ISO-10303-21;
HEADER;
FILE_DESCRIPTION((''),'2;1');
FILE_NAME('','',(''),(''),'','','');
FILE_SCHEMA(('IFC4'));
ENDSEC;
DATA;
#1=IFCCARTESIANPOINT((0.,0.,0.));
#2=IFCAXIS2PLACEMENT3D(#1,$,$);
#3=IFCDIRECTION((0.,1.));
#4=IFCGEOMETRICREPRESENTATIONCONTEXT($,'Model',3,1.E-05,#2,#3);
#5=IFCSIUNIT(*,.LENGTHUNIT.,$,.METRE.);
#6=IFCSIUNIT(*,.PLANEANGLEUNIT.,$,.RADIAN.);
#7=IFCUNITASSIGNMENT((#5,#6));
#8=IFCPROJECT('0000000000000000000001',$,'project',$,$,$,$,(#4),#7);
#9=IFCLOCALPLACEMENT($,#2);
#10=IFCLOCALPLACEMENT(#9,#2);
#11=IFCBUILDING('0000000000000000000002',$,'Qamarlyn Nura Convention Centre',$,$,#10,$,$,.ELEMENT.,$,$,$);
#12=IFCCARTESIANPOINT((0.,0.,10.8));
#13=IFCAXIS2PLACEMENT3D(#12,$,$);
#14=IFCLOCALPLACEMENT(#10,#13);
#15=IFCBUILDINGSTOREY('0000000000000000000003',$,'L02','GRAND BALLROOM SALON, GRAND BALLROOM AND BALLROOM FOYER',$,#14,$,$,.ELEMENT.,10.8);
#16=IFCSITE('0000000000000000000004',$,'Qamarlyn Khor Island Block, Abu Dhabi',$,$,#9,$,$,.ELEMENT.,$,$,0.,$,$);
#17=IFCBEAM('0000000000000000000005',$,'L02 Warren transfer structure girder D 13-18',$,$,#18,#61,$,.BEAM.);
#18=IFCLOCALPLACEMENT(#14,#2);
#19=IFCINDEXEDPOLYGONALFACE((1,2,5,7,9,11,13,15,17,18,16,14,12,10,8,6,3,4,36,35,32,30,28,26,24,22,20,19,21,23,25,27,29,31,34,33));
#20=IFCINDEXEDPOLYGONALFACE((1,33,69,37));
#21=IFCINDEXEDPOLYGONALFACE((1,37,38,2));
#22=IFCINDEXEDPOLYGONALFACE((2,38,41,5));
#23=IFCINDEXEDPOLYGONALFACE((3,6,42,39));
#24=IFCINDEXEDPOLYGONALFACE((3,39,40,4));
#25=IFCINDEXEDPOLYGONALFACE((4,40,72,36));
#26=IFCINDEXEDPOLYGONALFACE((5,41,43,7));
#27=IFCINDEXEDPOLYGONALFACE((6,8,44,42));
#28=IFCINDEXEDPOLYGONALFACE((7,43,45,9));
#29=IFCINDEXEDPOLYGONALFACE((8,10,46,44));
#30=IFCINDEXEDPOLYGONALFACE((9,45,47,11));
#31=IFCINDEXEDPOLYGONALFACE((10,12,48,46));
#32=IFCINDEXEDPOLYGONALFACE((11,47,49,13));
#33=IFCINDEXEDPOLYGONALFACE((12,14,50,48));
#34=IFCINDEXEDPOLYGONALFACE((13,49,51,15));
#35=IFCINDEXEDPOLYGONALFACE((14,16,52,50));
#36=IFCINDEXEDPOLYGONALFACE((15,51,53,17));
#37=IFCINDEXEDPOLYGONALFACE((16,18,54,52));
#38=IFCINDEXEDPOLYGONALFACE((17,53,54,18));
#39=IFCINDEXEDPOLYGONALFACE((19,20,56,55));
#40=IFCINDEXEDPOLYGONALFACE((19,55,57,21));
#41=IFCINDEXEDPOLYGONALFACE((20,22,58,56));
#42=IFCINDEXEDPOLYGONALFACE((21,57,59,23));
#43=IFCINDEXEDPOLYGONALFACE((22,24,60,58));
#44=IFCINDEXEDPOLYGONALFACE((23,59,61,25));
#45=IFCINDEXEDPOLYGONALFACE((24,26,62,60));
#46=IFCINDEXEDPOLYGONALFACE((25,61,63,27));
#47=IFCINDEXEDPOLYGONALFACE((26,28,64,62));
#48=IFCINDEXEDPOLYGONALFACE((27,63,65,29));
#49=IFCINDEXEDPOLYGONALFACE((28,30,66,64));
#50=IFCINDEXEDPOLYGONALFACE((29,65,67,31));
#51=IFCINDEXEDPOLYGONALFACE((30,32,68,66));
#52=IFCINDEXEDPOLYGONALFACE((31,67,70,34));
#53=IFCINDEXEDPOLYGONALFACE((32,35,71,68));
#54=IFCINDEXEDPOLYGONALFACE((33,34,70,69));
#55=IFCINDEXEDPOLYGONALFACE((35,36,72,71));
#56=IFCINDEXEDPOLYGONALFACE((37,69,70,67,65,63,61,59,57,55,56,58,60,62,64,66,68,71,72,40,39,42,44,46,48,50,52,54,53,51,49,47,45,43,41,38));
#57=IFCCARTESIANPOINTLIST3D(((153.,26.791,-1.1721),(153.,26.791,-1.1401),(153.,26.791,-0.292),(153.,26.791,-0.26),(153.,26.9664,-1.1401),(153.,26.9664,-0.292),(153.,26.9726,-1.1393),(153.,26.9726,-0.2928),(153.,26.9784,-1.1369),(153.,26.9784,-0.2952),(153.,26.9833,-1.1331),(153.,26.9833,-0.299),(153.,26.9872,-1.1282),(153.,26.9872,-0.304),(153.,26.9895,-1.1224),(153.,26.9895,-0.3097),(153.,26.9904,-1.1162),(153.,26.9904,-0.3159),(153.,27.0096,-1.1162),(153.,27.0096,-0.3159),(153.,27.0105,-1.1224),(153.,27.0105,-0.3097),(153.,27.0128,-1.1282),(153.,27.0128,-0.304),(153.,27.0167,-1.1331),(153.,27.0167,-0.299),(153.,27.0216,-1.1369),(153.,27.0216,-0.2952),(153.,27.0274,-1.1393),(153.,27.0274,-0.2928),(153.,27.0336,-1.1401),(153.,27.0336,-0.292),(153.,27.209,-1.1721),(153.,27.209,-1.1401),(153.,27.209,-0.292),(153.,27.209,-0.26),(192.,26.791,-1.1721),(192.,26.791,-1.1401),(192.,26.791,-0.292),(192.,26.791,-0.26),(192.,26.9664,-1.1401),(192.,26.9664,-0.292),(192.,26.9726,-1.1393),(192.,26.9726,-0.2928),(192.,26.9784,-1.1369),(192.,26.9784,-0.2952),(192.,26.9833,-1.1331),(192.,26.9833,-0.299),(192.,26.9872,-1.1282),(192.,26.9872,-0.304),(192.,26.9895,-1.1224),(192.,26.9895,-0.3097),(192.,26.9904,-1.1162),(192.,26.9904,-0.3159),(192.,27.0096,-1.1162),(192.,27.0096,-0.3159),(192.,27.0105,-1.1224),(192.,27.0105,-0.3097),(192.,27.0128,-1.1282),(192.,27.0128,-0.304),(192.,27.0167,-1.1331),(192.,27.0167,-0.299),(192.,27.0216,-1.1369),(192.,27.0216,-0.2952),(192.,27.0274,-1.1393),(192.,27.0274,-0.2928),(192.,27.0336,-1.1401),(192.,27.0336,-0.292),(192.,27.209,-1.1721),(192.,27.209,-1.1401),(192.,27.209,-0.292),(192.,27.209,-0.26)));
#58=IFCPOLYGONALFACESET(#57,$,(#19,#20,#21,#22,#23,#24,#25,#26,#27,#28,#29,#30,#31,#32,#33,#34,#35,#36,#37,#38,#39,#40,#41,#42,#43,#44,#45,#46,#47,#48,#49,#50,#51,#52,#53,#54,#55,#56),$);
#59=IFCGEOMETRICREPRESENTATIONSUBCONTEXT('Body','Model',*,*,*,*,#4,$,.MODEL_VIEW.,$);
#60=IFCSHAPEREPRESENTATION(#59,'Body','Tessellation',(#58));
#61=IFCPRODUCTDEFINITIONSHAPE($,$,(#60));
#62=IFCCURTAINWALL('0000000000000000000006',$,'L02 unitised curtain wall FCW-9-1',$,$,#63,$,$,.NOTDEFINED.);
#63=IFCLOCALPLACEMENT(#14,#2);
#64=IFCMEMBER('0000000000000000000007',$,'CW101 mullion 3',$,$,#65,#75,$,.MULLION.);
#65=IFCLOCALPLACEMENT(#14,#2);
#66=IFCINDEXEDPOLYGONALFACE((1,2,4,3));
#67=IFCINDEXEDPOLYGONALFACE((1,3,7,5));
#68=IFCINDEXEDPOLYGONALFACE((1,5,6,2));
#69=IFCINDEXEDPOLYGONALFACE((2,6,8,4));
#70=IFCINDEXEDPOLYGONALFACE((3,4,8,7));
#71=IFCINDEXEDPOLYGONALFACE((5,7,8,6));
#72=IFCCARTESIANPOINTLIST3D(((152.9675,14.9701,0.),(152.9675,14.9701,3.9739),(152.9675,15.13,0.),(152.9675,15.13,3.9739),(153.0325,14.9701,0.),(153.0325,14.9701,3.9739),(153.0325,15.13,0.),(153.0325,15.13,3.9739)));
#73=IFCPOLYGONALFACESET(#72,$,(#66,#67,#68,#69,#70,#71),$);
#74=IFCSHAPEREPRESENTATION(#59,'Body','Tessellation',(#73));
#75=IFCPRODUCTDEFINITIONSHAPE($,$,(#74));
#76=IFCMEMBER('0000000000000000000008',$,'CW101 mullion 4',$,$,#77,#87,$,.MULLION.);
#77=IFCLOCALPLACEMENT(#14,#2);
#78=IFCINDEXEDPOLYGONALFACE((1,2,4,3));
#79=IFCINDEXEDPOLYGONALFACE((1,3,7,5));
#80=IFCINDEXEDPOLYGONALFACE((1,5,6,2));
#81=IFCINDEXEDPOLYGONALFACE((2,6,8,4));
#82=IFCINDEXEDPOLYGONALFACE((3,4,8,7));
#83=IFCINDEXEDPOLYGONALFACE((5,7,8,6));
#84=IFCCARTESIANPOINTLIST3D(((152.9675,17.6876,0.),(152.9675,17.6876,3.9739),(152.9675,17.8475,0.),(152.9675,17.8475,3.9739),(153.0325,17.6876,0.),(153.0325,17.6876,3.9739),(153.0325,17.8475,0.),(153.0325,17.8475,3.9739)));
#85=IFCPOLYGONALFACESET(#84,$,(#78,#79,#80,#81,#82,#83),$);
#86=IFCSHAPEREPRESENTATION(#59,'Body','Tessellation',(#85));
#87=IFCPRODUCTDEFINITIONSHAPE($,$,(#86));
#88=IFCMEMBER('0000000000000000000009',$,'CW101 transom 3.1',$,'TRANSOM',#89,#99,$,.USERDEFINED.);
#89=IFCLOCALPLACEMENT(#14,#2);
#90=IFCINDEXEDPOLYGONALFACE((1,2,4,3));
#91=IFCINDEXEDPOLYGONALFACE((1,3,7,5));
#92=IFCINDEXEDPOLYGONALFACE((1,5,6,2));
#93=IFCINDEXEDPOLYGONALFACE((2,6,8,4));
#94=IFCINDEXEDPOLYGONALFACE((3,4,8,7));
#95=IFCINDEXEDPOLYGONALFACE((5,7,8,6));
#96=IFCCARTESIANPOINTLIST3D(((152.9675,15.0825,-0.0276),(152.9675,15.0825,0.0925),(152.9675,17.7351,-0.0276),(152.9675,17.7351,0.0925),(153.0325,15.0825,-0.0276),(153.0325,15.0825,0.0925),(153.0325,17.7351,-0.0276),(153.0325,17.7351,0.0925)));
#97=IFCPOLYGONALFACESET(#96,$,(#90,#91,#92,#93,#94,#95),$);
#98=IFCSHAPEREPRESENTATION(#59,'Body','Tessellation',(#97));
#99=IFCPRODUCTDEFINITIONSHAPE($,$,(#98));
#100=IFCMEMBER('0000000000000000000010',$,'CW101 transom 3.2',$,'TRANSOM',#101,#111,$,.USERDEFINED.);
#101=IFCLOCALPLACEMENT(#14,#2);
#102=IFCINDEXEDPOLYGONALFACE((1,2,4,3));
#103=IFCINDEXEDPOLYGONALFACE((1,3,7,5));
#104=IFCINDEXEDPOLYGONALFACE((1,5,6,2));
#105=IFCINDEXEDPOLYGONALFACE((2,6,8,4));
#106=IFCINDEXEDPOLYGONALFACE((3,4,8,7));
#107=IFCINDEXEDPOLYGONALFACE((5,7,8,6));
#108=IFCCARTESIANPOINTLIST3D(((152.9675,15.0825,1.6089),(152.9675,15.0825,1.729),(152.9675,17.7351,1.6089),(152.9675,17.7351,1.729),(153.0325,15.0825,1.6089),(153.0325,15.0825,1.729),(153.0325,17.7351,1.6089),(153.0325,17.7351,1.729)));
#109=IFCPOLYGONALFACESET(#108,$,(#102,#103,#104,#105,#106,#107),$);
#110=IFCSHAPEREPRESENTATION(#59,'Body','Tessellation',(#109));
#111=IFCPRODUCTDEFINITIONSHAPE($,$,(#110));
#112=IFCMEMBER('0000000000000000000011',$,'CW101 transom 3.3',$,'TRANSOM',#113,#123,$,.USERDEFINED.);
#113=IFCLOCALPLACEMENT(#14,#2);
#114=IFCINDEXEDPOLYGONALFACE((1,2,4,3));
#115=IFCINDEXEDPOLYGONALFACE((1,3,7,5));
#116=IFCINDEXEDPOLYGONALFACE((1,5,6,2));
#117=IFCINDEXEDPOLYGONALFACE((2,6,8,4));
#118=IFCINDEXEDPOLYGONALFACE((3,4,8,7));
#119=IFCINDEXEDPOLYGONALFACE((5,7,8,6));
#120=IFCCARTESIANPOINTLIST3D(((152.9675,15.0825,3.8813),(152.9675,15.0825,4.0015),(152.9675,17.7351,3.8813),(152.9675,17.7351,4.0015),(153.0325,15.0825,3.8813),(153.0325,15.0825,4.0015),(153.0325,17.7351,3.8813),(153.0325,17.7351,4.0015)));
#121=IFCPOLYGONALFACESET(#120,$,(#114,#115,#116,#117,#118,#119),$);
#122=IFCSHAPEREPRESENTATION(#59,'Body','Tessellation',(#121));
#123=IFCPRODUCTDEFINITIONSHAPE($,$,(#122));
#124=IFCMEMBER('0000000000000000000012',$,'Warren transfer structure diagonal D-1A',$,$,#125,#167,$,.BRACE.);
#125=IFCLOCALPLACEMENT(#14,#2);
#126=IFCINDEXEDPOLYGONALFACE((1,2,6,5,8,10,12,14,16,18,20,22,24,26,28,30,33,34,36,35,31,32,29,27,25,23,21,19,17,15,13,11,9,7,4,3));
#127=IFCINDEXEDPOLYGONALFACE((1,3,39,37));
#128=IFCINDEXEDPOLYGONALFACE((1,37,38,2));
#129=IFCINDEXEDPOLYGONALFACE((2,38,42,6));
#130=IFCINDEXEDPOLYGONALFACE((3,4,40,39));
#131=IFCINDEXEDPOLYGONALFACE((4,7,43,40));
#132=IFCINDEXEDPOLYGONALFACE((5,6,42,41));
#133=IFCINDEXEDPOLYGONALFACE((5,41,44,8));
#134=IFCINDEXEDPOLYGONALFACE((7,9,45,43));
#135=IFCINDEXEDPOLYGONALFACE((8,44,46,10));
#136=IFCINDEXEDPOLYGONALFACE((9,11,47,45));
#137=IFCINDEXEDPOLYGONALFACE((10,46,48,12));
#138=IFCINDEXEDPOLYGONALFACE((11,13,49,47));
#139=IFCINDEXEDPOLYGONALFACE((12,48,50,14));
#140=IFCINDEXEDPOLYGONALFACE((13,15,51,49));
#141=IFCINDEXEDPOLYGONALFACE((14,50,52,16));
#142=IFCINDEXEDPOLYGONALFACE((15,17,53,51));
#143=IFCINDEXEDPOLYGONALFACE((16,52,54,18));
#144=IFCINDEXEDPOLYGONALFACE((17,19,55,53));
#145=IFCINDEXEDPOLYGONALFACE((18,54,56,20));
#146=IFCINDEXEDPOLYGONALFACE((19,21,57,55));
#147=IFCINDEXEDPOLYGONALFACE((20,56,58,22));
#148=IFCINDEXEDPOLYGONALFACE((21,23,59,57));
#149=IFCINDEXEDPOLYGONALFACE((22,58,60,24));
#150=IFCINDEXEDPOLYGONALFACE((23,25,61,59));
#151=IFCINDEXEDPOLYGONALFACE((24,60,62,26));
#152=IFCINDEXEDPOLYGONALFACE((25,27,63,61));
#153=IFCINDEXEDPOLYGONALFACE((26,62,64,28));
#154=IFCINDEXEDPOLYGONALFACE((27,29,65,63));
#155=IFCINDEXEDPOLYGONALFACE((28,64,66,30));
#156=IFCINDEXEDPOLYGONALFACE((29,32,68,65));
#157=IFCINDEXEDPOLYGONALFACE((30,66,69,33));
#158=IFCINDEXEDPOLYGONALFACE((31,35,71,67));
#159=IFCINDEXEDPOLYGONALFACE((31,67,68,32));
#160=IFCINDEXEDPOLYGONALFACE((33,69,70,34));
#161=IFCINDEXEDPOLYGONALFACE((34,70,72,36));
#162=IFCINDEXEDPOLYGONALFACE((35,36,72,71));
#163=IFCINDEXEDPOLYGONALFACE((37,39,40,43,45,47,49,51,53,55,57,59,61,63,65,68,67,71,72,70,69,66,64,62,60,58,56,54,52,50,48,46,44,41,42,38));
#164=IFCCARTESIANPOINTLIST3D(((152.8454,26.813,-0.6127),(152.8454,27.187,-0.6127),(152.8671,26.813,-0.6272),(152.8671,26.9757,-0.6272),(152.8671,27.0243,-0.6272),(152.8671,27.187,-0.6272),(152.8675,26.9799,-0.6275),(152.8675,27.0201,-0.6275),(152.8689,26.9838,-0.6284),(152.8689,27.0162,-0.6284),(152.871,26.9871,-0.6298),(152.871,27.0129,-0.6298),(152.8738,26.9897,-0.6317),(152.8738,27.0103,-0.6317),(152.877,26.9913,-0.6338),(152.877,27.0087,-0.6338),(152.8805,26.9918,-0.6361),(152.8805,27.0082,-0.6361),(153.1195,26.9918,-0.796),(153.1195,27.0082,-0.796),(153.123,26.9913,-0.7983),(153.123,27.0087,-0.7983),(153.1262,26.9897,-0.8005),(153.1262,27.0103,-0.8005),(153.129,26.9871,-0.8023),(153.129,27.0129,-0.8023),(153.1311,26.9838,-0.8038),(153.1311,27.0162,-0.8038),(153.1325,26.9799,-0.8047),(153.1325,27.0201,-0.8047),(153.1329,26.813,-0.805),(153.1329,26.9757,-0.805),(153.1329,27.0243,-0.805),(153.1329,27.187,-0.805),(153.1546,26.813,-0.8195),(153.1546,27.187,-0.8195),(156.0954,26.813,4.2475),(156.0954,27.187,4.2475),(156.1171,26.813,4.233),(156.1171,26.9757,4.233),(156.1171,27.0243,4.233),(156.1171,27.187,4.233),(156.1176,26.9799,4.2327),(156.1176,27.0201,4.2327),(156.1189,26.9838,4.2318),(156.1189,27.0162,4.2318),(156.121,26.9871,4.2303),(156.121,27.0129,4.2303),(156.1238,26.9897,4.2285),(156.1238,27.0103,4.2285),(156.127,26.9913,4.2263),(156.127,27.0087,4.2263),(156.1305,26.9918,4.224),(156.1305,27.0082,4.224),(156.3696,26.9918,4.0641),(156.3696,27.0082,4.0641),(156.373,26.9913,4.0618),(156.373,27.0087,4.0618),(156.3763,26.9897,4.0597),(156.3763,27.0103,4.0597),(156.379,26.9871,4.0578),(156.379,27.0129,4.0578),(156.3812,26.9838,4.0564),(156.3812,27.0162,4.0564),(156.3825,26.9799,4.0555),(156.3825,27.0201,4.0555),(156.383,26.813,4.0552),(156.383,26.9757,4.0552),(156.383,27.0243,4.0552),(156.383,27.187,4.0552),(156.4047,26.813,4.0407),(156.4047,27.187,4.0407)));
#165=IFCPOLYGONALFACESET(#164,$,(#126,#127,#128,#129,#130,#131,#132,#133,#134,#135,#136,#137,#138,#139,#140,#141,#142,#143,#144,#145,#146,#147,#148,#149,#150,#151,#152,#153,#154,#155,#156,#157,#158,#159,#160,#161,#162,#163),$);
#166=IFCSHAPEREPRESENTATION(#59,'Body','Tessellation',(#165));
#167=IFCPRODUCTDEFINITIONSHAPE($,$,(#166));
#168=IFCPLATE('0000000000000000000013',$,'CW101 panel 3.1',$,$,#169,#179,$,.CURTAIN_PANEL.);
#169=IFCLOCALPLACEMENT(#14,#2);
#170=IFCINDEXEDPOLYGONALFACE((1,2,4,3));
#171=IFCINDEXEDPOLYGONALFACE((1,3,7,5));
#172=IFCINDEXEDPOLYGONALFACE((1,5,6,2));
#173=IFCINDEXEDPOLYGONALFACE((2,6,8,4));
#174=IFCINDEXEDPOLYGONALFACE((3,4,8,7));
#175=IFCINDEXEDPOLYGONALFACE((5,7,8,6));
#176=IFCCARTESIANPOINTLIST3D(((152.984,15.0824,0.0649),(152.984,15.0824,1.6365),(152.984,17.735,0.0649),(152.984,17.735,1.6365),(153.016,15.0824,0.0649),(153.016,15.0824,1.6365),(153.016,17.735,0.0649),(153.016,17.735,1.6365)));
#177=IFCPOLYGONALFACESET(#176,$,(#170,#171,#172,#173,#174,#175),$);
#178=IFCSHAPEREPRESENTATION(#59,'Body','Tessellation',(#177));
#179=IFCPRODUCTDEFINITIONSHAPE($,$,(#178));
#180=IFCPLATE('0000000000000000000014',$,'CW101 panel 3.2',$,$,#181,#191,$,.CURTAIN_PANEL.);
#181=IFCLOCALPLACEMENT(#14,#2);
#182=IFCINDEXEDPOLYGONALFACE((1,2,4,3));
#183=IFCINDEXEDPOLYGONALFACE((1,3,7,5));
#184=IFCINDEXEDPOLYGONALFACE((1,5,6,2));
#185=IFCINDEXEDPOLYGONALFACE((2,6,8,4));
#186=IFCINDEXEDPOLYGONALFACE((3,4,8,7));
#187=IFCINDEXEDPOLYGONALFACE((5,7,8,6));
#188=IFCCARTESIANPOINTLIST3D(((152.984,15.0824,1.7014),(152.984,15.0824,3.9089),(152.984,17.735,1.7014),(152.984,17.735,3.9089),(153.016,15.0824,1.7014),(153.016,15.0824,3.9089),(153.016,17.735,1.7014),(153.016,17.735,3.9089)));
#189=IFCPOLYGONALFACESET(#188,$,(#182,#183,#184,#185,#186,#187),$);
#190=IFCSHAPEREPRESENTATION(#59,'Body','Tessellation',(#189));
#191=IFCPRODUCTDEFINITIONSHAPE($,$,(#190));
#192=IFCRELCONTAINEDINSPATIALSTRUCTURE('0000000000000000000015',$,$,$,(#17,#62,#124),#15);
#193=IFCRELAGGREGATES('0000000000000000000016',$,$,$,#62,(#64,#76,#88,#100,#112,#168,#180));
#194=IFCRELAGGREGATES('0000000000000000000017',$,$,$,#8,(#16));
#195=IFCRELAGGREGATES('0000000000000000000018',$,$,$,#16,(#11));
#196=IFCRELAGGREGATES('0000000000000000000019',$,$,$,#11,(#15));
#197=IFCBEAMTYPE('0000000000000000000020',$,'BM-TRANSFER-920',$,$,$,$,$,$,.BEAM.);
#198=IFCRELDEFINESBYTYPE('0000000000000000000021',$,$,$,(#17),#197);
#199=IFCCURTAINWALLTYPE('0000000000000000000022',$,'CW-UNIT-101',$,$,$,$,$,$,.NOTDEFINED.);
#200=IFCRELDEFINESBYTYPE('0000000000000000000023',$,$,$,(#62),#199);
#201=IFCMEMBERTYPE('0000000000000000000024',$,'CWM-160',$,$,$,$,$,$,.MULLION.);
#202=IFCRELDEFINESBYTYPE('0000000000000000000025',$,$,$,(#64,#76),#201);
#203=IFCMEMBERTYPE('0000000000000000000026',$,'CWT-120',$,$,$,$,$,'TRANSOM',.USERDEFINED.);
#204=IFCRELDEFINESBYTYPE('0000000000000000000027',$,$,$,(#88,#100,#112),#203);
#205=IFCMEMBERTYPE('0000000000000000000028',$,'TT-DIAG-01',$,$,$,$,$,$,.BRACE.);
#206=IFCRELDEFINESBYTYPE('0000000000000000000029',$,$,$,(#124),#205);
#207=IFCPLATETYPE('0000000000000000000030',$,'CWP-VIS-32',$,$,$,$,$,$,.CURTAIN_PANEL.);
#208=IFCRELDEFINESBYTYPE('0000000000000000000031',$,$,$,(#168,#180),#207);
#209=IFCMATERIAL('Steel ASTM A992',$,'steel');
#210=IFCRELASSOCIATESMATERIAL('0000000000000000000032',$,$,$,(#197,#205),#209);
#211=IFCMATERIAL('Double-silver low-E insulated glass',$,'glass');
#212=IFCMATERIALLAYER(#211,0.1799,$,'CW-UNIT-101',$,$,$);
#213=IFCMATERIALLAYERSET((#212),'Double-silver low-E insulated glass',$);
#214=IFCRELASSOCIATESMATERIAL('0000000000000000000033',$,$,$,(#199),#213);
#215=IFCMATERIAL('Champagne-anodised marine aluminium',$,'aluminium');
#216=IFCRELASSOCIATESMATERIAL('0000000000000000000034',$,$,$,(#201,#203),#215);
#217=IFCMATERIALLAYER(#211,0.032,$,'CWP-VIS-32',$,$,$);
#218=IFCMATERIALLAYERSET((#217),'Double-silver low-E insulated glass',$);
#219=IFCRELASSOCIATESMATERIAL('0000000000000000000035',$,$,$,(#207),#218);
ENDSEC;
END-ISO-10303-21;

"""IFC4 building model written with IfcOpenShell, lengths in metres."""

from ifc_helpers import new_model, si_unit, direction, frame, origin, origin_2d, place, context, subcontext, project, spatial, rectangle, i_section, extrude, material, layer, layer_set, material_profile, profile_set, type_object, element, aggregate, save


model = new_model("IFC4")

# Units and contexts
model_context = context("Model", 3, precision=1e-05, world=origin(), true_north=direction((0.0, 1.0)))
body_context = subcontext(model_context, "Body", "Model", "MODEL_VIEW")
ifc_project = project(units=[si_unit("LENGTHUNIT", "METRE"), si_unit("PLANEANGLEUNIT", "RADIAN")], contexts=[model_context])

# Site, building, storey
site_placement = place(None, origin())
site = spatial("IfcSite", under=ifc_project, at=site_placement, Name="Qamarlyn Khor Island Block, Abu Dhabi", CompositionType="ELEMENT", RefElevation=0.0)
building_placement = place(site_placement, origin())
building = spatial("IfcBuilding", under=site, at=building_placement, Name="Qamarlyn Nura Convention Centre", CompositionType="ELEMENT")
storey_placement = place(building_placement, frame((0.0, 0.0, 10.8)))
storey = spatial("IfcBuildingStorey", under=building, at=storey_placement, Name="L02", Description="GRAND BALLROOM SALON, GRAND BALLROOM AND BALLROOM FOYER", CompositionType="ELEMENT", Elevation=10.8)

# Shared definitions
ifc_material_1 = material(Name="Steel ASTM A992", Category="steel")

# Beam
ifc_material_profile_1 = material_profile(ifc_material_1, i_section(OverallWidth=0.418, OverallDepth=0.9121, WebThickness=0.0193, FlangeThickness=0.032, FilletRadius=0.0239, at=origin_2d()), Name="W920X342")
ifc_profile_set_1 = profile_set([ifc_material_profile_1], Name="Steel ASTM A992")
beam_type_1 = type_object("IfcBeamType", Name="BM-TRANSFER-920", PredefinedType="BEAM", material=ifc_profile_set_1)
beam_1_placement = place(storey_placement, frame((153.0, 27.0, -0.7161), z_axis=(1.0, 0.0, 0.0), x_axis=(0.0, 1.0, 0.0)))
element("IfcBeam", 1, at=beam_1_placement, inside=storey, type_object=beam_type_1, Name="L02 Warren transfer structure girder D 13-18", PredefinedType="BEAM", context=body_context, shape_type="SweptSolid", body=[
    extrude(i_section(OverallWidth=0.418, OverallDepth=0.9121, WebThickness=0.0193, FlangeThickness=0.032, FilletRadius=0.0239, at=origin_2d()), origin(), (0.0, 0.0, 1.0), 39.0),
])

# Curtain wall, members
ifc_material_2 = material(Name="Double-silver low-E insulated glass", Category="glass")
ifc_layer_1 = layer(ifc_material_2, 0.1799, Name="CW-UNIT-101")
ifc_layer_set_1 = layer_set([ifc_layer_1], Name="Double-silver low-E insulated glass")
curtain_wall_type = type_object("IfcCurtainWallType", Name="CW-UNIT-101", PredefinedType="NOTDEFINED", material=ifc_layer_set_1)
curtain_wall_placement = place(storey_placement, origin())
curtain_wall = element("IfcCurtainWall", 2, at=curtain_wall_placement, inside=storey, type_object=curtain_wall_type, Name="L02 unitised curtain wall FCW-9-1", PredefinedType="NOTDEFINED")
ifc_material_3 = material(Name="Champagne-anodised marine aluminium", Category="aluminium")
ifc_material_profile_2 = material_profile(ifc_material_3, rectangle(XDim=0.0649, YDim=0.1599, at=origin_2d()), Name="ALU MULLION 65x160")
ifc_profile_set_2 = profile_set([ifc_material_profile_2], Name="Champagne-anodised marine aluminium")
member_type_1 = type_object("IfcMemberType", Name="CWM-160", PredefinedType="MULLION", material=ifc_profile_set_2)
member_1_placement = place(storey_placement, frame((153.0, 15.05, 0.0), z_axis=(0.0, 0.0, 1.0), x_axis=(-1.0, 0.0, 0.0)))
member_1 = element("IfcMember", 3, at=member_1_placement, type_object=member_type_1, Name="CW101 mullion 3", PredefinedType="MULLION", context=body_context, shape_type="SweptSolid", body=[
    extrude(rectangle(XDim=0.0649, YDim=0.1599, at=origin_2d()), origin(), (0.0, 0.0, 1.0), 3.9739),
])
member_2_placement = place(storey_placement, frame((153.0, 17.7676, 0.0), z_axis=(0.0, 0.0, 1.0), x_axis=(-1.0, 0.0, 0.0)))
member_2 = element("IfcMember", 4, at=member_2_placement, type_object=member_type_1, Name="CW101 mullion 4", PredefinedType="MULLION", context=body_context, shape_type="SweptSolid", body=[
    extrude(rectangle(XDim=0.0649, YDim=0.1599, at=origin_2d()), origin(), (0.0, 0.0, 1.0), 3.9739),
])
ifc_material_profile_3 = material_profile(ifc_material_3, rectangle(XDim=0.0649, YDim=0.1201, at=origin_2d()), Name="ALU TRANSOM 65x120")
ifc_profile_set_3 = profile_set([ifc_material_profile_3], Name="Champagne-anodised marine aluminium")
member_type_2 = type_object("IfcMemberType", Name="CWT-120", ElementType="TRANSOM", PredefinedType="USERDEFINED", material=ifc_profile_set_3)
member_3_placement = place(storey_placement, frame((153.0, 15.0825, 0.0325), z_axis=(0.0, 1.0, 0.0), x_axis=(-1.0, 0.0, 0.0)))
member_3 = element("IfcMember", 5, at=member_3_placement, type_object=member_type_2, Name="CW101 transom 3.1", ObjectType="TRANSOM", PredefinedType="USERDEFINED", context=body_context, shape_type="SweptSolid", body=[
    extrude(rectangle(XDim=0.0649, YDim=0.1201, at=origin_2d()), origin(), (0.0, 0.0, 1.0), 2.6526),
])
member_4_placement = place(storey_placement, frame((153.0, 15.0825, 1.6689), z_axis=(0.0, 1.0, 0.0), x_axis=(-1.0, 0.0, 0.0)))
member_4 = element("IfcMember", 6, at=member_4_placement, type_object=member_type_2, Name="CW101 transom 3.2", ObjectType="TRANSOM", PredefinedType="USERDEFINED", context=body_context, shape_type="SweptSolid", body=[
    extrude(rectangle(XDim=0.0649, YDim=0.1201, at=origin_2d()), origin(), (0.0, 0.0, 1.0), 2.6526),
])
member_5_placement = place(storey_placement, frame((153.0, 15.0825, 3.9414), z_axis=(0.0, 1.0, 0.0), x_axis=(-1.0, 0.0, 0.0)))
member_5 = element("IfcMember", 7, at=member_5_placement, type_object=member_type_2, Name="CW101 transom 3.3", ObjectType="TRANSOM", PredefinedType="USERDEFINED", context=body_context, shape_type="SweptSolid", body=[
    extrude(rectangle(XDim=0.0649, YDim=0.1201, at=origin_2d()), origin(), (0.0, 0.0, 1.0), 2.6526),
])

# Member
ifc_material_profile_4 = material_profile(ifc_material_1, i_section(OverallWidth=0.374, OverallDepth=0.3721, WebThickness=0.0164, FlangeThickness=0.0261, FilletRadius=0.0161, at=origin_2d()), Name="W360X196")
ifc_profile_set_4 = profile_set([ifc_material_profile_4], Name="Steel ASTM A992")
member_type_3 = type_object("IfcMemberType", Name="TT-DIAG-01", PredefinedType="BRACE", material=ifc_profile_set_4)
member_6_placement = place(storey_placement, frame((153.0, 27.0, -0.7161), z_axis=(0.555875, 0.0, 0.831266), x_axis=(0.0, 1.0, 0.0)))
element("IfcMember", 8, at=member_6_placement, inside=storey, type_object=member_type_3, Name="Warren transfer structure diagonal D-1A", PredefinedType="BRACE", context=body_context, shape_type="SweptSolid", body=[
    extrude(i_section(OverallWidth=0.374, OverallDepth=0.3721, WebThickness=0.0164, FlangeThickness=0.0261, FilletRadius=0.0161, at=origin_2d()), origin(), (0.0, 0.0, 1.0), 5.8467),
])

# Plates
ifc_layer_2 = layer(ifc_material_2, 0.032, Name="CWP-VIS-32")
ifc_layer_set_2 = layer_set([ifc_layer_2], Name="Double-silver low-E insulated glass")
plate_type_1 = type_object("IfcPlateType", Name="CWP-VIS-32", PredefinedType="CURTAIN_PANEL", material=ifc_layer_set_2)
plate_1_placement = place(storey_placement, frame((153.0, 16.4087, 0.0649), z_axis=(0.0, 0.0, 1.0), x_axis=(0.0, 1.0, 0.0)))
plate_1 = element("IfcPlate", 9, at=plate_1_placement, type_object=plate_type_1, Name="CW101 panel 3.1", PredefinedType="CURTAIN_PANEL", context=body_context, shape_type="SweptSolid", body=[
    extrude(rectangle(XDim=2.6526, YDim=0.032, at=origin_2d()), origin(), (0.0, 0.0, 1.0), 1.5715),
])
plate_2_placement = place(storey_placement, frame((153.0, 16.4087, 1.7014), z_axis=(0.0, 0.0, 1.0), x_axis=(0.0, 1.0, 0.0)))
plate_2 = element("IfcPlate", 10, at=plate_2_placement, type_object=plate_type_1, Name="CW101 panel 3.2", PredefinedType="CURTAIN_PANEL", context=body_context, shape_type="SweptSolid", body=[
    extrude(rectangle(XDim=2.6526, YDim=0.032, at=origin_2d()), origin(), (0.0, 0.0, 1.0), 2.2075),
])
aggregate(curtain_wall, [member_1, member_2, member_3, member_4, member_5, plate_1, plate_2])

save(model, "model.ifc")
